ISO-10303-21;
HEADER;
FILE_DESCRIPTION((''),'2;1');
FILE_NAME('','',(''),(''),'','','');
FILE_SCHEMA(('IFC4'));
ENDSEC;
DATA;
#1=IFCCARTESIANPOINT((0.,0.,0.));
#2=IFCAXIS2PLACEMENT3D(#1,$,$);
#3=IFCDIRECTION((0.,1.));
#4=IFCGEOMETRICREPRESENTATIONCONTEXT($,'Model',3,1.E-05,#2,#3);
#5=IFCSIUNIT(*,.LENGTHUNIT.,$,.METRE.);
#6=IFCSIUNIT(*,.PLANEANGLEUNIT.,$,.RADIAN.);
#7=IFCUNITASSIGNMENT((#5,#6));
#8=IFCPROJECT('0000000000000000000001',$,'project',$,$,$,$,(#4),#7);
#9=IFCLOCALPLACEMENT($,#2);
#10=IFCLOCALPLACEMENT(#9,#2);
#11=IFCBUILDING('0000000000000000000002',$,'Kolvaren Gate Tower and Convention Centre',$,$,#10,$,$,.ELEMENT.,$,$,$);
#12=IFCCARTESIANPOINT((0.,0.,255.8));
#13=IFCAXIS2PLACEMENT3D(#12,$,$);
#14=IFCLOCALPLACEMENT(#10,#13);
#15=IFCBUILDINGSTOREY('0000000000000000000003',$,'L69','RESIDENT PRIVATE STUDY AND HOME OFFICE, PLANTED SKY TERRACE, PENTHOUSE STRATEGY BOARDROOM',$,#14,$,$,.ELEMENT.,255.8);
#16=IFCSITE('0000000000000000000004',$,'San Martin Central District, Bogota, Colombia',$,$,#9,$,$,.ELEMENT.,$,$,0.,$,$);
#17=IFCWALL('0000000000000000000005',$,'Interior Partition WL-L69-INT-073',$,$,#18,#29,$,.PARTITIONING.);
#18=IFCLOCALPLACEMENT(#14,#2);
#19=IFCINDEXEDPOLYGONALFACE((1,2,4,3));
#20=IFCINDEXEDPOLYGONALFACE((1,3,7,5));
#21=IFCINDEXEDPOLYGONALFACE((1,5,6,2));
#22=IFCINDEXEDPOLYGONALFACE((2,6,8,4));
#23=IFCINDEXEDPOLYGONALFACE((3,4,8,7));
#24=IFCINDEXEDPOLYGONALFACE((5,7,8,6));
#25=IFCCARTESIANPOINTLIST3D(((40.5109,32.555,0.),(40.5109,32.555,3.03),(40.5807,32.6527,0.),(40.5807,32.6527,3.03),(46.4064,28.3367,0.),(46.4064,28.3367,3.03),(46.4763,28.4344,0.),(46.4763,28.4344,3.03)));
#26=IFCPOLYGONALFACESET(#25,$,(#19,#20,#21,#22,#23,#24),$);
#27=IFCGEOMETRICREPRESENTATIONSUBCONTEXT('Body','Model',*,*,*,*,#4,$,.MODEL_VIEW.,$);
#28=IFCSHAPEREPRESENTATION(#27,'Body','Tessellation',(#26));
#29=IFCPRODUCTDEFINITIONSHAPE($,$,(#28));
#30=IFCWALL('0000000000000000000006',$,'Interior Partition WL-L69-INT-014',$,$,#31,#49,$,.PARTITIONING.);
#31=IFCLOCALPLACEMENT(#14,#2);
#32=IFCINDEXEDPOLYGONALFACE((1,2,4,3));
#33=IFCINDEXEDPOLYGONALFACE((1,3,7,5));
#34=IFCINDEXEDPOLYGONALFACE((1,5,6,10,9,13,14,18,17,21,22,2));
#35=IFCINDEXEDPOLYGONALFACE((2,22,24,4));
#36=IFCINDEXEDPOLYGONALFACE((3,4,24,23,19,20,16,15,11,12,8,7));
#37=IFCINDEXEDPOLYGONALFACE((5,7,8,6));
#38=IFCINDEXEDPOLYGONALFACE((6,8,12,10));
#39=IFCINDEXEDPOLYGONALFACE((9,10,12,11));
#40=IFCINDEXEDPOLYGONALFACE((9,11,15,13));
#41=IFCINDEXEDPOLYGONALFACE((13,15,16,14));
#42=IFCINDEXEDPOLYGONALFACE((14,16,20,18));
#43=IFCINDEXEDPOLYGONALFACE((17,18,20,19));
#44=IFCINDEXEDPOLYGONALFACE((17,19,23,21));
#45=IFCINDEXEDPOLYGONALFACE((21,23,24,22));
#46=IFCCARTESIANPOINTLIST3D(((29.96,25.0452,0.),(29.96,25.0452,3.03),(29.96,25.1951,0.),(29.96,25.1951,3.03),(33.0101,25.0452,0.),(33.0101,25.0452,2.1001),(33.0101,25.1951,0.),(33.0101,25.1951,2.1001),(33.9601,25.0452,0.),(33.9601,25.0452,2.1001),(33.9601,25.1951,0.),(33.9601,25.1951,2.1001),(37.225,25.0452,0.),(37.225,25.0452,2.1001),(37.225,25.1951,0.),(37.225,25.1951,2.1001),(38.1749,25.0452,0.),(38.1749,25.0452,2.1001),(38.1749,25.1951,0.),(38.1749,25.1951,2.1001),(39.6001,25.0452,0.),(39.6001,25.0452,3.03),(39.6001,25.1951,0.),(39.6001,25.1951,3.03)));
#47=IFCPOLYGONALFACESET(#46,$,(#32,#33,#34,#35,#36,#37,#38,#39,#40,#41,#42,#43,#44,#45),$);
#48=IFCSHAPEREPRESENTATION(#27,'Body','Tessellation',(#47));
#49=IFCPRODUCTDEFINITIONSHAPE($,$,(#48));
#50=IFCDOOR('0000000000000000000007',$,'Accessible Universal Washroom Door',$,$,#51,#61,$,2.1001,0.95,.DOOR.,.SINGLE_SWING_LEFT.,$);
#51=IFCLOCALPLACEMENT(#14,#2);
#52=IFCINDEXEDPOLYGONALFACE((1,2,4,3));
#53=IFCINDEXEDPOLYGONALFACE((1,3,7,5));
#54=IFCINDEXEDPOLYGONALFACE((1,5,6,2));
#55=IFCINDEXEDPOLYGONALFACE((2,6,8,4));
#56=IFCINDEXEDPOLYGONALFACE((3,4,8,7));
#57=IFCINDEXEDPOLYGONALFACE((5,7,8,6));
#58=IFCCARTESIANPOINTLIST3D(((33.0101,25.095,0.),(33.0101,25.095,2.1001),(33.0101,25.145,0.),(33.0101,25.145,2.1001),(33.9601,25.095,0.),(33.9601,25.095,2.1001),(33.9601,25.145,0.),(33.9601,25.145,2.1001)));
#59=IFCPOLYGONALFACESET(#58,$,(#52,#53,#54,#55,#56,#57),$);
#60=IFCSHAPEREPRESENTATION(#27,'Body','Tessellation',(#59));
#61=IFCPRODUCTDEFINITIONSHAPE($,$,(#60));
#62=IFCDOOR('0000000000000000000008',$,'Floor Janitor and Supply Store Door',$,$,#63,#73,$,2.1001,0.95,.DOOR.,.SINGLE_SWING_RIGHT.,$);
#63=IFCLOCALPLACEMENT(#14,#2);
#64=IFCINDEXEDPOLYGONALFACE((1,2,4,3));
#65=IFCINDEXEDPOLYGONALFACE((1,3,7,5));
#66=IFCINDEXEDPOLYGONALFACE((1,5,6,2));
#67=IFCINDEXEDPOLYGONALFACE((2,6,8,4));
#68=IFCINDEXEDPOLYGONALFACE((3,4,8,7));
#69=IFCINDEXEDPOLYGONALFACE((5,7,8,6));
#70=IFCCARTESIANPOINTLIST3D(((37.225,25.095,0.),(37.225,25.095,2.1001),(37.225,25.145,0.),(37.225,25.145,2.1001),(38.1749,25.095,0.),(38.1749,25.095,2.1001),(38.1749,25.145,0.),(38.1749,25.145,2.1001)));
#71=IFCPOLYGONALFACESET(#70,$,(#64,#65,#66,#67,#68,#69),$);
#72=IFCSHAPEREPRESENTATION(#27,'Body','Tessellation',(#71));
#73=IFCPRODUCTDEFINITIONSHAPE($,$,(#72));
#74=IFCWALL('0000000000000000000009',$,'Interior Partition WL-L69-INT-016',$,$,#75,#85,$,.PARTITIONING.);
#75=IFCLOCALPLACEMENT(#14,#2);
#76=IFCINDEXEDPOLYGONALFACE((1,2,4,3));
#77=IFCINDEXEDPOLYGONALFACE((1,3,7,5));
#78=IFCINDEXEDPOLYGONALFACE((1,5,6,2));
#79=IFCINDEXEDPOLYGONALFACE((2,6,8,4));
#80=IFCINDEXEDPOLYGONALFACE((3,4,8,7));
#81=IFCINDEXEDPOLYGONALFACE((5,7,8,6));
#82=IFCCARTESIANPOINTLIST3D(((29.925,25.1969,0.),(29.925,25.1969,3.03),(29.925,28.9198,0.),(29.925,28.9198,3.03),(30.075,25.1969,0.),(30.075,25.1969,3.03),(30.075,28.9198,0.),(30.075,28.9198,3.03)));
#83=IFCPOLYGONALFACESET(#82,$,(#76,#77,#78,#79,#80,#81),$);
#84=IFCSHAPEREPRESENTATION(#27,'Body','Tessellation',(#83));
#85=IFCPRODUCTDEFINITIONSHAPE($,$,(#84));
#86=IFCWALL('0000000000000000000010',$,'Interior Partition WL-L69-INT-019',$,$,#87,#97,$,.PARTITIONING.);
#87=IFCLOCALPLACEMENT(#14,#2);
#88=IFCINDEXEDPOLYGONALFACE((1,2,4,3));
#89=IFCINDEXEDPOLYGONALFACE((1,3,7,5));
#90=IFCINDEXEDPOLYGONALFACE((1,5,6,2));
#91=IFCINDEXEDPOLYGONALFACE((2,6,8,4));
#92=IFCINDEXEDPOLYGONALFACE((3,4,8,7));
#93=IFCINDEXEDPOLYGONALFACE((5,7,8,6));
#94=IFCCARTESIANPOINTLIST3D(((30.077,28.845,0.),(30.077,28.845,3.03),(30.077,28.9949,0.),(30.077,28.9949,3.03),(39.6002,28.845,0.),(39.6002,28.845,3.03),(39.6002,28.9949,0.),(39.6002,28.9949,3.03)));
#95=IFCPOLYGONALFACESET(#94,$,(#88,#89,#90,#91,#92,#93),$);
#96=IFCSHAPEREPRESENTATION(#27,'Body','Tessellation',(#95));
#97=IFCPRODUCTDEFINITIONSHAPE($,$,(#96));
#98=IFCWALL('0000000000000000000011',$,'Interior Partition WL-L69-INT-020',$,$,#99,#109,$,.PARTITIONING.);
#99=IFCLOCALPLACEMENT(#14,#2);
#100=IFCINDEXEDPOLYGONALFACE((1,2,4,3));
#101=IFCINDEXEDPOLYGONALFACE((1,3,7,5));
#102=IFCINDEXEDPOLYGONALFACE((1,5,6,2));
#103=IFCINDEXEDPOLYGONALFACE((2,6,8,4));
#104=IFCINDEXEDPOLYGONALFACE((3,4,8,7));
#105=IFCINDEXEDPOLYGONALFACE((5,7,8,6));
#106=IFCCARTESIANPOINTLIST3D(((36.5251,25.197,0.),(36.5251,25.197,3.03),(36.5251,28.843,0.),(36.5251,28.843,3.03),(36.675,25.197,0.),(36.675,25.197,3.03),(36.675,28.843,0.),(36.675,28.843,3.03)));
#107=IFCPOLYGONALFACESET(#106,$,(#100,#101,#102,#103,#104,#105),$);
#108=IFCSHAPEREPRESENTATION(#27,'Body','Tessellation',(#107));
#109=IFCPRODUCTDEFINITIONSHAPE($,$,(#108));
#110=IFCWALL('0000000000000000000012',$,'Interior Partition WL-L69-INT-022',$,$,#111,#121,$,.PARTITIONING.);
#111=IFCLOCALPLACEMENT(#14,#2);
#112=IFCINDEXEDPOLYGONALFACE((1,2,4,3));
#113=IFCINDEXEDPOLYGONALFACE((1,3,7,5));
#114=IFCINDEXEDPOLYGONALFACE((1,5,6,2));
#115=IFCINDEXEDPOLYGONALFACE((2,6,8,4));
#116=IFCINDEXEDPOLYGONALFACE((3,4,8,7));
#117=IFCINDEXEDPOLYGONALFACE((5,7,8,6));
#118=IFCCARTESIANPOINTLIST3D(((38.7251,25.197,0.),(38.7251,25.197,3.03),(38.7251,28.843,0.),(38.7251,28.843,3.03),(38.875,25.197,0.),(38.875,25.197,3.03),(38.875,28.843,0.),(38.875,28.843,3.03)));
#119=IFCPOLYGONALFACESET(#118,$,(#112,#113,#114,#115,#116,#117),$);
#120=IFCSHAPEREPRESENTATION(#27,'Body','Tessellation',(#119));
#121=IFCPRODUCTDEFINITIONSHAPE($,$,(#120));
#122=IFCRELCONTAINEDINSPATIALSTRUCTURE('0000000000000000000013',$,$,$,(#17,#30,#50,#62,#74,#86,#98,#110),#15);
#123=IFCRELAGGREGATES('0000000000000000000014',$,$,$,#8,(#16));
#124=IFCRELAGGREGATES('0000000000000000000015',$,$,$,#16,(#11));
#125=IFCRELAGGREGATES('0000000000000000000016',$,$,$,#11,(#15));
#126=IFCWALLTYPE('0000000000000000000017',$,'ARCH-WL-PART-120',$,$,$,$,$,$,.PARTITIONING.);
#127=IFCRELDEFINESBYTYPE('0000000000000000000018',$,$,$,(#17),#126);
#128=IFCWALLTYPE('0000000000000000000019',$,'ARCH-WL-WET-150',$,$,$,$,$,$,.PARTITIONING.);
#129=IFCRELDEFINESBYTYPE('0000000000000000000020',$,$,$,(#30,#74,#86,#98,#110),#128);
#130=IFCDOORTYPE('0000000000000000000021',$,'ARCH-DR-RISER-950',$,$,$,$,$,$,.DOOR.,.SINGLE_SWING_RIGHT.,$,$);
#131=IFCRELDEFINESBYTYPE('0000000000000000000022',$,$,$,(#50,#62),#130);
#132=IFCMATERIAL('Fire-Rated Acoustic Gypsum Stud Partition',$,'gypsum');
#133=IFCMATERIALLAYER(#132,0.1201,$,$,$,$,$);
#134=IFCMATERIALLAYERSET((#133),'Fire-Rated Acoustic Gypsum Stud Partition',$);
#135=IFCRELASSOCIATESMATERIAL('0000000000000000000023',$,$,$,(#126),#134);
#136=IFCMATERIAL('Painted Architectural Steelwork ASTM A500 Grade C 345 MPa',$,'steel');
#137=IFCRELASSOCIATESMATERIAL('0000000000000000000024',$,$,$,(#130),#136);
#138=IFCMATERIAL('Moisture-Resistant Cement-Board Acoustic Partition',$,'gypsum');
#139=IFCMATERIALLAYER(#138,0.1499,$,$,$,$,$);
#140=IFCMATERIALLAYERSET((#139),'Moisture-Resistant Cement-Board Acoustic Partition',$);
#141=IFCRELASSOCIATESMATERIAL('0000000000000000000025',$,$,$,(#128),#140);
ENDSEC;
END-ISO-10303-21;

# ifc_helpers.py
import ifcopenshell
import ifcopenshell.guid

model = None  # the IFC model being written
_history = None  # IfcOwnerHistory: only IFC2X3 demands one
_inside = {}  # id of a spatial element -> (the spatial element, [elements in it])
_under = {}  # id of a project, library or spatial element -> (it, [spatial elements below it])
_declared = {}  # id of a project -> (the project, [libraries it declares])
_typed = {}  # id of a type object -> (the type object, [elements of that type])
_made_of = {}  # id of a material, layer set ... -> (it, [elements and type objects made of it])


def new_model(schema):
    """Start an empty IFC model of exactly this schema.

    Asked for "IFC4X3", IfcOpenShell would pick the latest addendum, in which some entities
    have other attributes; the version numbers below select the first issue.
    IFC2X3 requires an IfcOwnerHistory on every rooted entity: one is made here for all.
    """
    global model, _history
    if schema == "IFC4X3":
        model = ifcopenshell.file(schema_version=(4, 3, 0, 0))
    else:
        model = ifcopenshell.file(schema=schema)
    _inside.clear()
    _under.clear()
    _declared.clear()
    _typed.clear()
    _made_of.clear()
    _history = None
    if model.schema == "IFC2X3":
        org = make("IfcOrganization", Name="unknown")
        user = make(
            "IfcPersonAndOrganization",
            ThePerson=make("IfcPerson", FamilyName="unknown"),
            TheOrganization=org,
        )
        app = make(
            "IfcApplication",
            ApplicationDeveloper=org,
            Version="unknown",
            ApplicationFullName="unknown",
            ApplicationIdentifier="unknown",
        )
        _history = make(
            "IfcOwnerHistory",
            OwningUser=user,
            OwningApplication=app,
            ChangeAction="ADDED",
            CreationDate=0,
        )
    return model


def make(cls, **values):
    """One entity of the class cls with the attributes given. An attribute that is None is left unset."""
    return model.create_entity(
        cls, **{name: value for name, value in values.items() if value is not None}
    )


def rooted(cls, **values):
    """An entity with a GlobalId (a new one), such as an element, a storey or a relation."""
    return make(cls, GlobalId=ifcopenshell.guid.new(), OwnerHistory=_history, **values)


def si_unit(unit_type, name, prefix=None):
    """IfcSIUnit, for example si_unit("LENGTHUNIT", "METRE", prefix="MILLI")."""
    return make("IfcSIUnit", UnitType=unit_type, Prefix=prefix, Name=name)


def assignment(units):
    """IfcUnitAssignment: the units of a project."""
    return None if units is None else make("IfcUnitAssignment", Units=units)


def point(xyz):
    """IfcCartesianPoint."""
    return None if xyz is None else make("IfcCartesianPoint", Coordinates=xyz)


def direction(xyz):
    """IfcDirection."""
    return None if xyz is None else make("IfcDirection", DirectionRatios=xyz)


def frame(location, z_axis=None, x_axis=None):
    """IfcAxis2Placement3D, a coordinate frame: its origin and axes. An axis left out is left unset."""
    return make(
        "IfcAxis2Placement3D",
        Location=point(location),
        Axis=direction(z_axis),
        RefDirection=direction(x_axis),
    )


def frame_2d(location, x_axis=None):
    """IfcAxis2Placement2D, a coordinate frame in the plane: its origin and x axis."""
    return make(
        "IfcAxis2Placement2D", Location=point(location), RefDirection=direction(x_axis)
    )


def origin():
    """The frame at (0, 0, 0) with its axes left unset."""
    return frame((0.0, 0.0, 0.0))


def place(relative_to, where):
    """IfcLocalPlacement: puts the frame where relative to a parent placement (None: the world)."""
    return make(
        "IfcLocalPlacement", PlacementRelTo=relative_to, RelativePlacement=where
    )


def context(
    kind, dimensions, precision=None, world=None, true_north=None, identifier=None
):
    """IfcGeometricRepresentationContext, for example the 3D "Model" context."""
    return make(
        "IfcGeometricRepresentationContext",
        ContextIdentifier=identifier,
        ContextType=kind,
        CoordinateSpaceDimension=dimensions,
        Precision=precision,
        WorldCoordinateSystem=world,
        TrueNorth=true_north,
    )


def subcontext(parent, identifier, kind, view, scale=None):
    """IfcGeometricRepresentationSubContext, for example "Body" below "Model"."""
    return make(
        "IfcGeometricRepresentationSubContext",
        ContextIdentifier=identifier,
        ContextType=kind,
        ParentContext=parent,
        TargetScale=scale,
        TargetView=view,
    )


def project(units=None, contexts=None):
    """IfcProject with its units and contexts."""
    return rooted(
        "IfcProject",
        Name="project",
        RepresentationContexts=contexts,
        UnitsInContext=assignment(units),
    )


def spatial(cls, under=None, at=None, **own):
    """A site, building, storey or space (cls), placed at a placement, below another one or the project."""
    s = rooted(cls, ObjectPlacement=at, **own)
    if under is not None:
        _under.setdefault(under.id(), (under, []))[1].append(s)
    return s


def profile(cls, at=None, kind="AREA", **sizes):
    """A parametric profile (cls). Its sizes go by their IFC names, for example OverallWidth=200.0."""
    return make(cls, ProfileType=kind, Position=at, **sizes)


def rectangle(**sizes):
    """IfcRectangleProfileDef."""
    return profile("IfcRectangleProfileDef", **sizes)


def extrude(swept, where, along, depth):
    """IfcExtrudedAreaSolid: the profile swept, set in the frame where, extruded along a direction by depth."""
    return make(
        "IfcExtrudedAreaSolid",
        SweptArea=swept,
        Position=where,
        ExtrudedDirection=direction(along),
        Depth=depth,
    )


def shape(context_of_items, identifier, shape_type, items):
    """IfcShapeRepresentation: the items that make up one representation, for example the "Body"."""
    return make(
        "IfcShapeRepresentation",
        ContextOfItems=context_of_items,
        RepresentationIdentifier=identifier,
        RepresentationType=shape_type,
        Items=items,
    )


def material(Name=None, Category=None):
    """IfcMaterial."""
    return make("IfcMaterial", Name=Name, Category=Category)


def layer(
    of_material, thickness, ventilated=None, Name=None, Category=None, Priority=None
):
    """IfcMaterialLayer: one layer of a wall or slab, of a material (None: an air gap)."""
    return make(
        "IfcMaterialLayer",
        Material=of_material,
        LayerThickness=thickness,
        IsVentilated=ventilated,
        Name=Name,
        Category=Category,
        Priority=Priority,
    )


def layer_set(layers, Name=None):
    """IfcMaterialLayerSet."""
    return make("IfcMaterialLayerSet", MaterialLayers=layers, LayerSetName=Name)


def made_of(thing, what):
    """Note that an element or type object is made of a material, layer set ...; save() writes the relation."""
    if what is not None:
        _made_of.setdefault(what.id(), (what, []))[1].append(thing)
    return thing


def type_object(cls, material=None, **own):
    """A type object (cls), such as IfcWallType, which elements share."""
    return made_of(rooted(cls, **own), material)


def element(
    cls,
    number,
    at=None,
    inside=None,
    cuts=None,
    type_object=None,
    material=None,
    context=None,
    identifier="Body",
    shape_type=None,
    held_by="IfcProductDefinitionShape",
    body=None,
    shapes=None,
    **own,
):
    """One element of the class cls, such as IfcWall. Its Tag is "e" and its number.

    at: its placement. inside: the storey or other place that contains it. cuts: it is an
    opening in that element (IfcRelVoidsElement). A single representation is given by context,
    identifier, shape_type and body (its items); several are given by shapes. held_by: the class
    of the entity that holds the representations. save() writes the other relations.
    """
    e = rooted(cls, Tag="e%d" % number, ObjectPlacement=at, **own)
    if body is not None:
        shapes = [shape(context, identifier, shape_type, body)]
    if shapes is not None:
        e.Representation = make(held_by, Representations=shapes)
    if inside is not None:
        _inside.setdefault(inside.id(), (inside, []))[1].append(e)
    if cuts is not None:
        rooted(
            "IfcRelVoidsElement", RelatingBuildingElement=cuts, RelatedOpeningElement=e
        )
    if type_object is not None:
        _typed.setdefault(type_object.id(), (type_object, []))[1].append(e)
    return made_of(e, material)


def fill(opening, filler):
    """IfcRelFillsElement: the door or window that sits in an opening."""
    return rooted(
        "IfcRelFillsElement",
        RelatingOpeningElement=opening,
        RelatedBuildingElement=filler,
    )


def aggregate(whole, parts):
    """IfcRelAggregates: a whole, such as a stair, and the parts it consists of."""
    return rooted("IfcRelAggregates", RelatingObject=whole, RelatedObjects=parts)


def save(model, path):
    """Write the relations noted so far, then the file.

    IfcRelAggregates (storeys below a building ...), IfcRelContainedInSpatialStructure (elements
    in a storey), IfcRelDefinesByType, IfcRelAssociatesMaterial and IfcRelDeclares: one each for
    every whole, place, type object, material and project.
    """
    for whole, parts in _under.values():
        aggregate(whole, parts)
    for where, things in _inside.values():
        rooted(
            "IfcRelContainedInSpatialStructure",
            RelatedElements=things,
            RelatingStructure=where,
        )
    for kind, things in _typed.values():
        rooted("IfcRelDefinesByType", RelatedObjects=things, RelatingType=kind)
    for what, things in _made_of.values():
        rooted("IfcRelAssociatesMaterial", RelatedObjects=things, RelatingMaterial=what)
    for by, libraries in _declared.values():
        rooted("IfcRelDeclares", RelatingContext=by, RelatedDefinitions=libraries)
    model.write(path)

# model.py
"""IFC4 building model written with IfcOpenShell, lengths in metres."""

from ifc_helpers import new_model, si_unit, direction, frame, frame_2d, origin, place, context, subcontext, project, spatial, rectangle, extrude, material, layer, layer_set, type_object, element, fill, save


model = new_model("IFC4")

# Units and contexts
model_context = context("Model", 3, precision=1e-05, world=origin(), true_north=direction((0.0, 1.0)))
body_context = subcontext(model_context, "Body", "Model", "MODEL_VIEW")
ifc_project = project(units=[si_unit("LENGTHUNIT", "METRE"), si_unit("PLANEANGLEUNIT", "RADIAN")], contexts=[model_context])

# Site, building, storey
site_placement = place(None, origin())
site = spatial("IfcSite", under=ifc_project, at=site_placement, Name="San Martin Central District, Bogota, Colombia", CompositionType="ELEMENT", RefElevation=0.0)
building_placement = place(site_placement, origin())
building = spatial("IfcBuilding", under=site, at=building_placement, Name="Kolvaren Gate Tower and Convention Centre", CompositionType="ELEMENT")
storey_placement = place(building_placement, frame((0.0, 0.0, 255.8)))
storey = spatial("IfcBuildingStorey", under=building, at=storey_placement, Name="L69", Description="RESIDENT PRIVATE STUDY AND HOME OFFICE, PLANTED SKY TERRACE, PENTHOUSE STRATEGY BOARDROOM", CompositionType="ELEMENT", Elevation=255.8)

# Shared definitions
ifc_material_1 = material(Name="Fire-Rated Acoustic Gypsum Stud Partition", Category="gypsum")
ifc_layer_1 = layer(ifc_material_1, 0.1201)
ifc_layer_set_1 = layer_set([ifc_layer_1], Name="Fire-Rated Acoustic Gypsum Stud Partition")
wall_type_1 = type_object("IfcWallType", Name="ARCH-WL-PART-120", PredefinedType="PARTITIONING", material=ifc_layer_set_1)

# Shared definitions
ifc_material_2 = material(Name="Painted Architectural Steelwork ASTM A500 Grade C 345 MPa", Category="steel")
door_type = type_object("IfcDoorType", Name="ARCH-DR-RISER-950", OperationType="SINGLE_SWING_RIGHT", PredefinedType="DOOR", material=ifc_material_2)

# Wall
wall_1_placement = place(storey_placement, frame((40.5459, 32.6038, 0.0), z_axis=(0.0, 0.0, 1.0), x_axis=(0.813264, -0.581894, 0.0)))
element("IfcWall", 1, at=wall_1_placement, inside=storey, type_object=wall_type_1, Name="Interior Partition WL-L69-INT-073", PredefinedType="PARTITIONING", context=body_context, shape_type="SweptSolid", body=[
    extrude(rectangle(XDim=7.2493, YDim=0.1201, at=frame_2d((3.6245, 0.0))), origin(), (0.0, 0.0, 1.0), 3.03),
])

# Wall, openings, doors
ifc_material_3 = material(Name="Moisture-Resistant Cement-Board Acoustic Partition", Category="gypsum")
ifc_layer_2 = layer(ifc_material_3, 0.1499)
ifc_layer_set_2 = layer_set([ifc_layer_2], Name="Moisture-Resistant Cement-Board Acoustic Partition")
wall_type_2 = type_object("IfcWallType", Name="ARCH-WL-WET-150", PredefinedType="PARTITIONING", material=ifc_layer_set_2)
wall_2_placement = place(storey_placement, frame((29.96, 25.1201, 0.0), z_axis=(0.0, 0.0, 1.0), x_axis=(1.0, 0.0, 0.0)))
wall_2 = element("IfcWall", 2, at=wall_2_placement, inside=storey, type_object=wall_type_2, Name="Interior Partition WL-L69-INT-014", PredefinedType="PARTITIONING", context=body_context, shape_type="SweptSolid", body=[
    extrude(rectangle(XDim=9.6401, YDim=0.1499, at=frame_2d((4.8201, 0.0))), origin(), (0.0, 0.0, 1.0), 3.03),
])
opening_1_placement = place(wall_2_placement, frame((3.05, 0.0, 0.0)))
opening_1 = element("IfcOpeningElement", 3, at=opening_1_placement, cuts=wall_2, PredefinedType="OPENING", context=body_context, shape_type="SweptSolid", body=[
    extrude(rectangle(XDim=0.95, YDim=2.1001, at=frame_2d((0.4751, 1.05))), frame((0.0, 0.085, 0.0), z_axis=(0.0, -1.0, 0.0), x_axis=(1.0, 0.0, 0.0)), (0.0, 0.0, 1.0), 0.1699),
])
opening_2_placement = place(wall_2_placement, frame((7.2649, 0.0, 0.0)))
opening_2 = element("IfcOpeningElement", 4, at=opening_2_placement, cuts=wall_2, PredefinedType="OPENING", context=body_context, shape_type="SweptSolid", body=[
    extrude(rectangle(XDim=0.95, YDim=2.1001, at=frame_2d((0.4751, 1.05))), frame((0.0, 0.085, 0.0), z_axis=(0.0, -1.0, 0.0), x_axis=(1.0, 0.0, 0.0)), (0.0, 0.0, 1.0), 0.1699),
])
door_1_placement = place(opening_1_placement, origin())
door_1 = element("IfcDoor", 5, at=door_1_placement, inside=storey, type_object=door_type, Name="Accessible Universal Washroom Door", OperationType="SINGLE_SWING_LEFT", OverallHeight=2.1001, OverallWidth=0.95, PredefinedType="DOOR", context=body_context, shape_type="SweptSolid", body=[
    extrude(rectangle(XDim=0.95, YDim=2.1001, at=frame_2d((0.4751, 1.05))), frame((0.0, 0.0249, 0.0), z_axis=(0.0, -1.0, 0.0), x_axis=(1.0, 0.0, 0.0)), (0.0, 0.0, 1.0), 0.05),
])
fill(opening_1, door_1)
door_2_placement = place(opening_2_placement, origin())
door_2 = element("IfcDoor", 6, at=door_2_placement, inside=storey, type_object=door_type, Name="Floor Janitor and Supply Store Door", OperationType="SINGLE_SWING_RIGHT", OverallHeight=2.1001, OverallWidth=0.95, PredefinedType="DOOR", context=body_context, shape_type="SweptSolid", body=[
    extrude(rectangle(XDim=0.95, YDim=2.1001, at=frame_2d((0.4751, 1.05))), frame((0.0, 0.0249, 0.0), z_axis=(0.0, -1.0, 0.0), x_axis=(1.0, 0.0, 0.0)), (0.0, 0.0, 1.0), 0.05),
])
fill(opening_2, door_2)

# Walls
wall_3_placement = place(storey_placement, frame((30.0, 25.197, 0.0), z_axis=(0.0, 0.0, 1.0), x_axis=(0.0, 1.0, 0.0)))
element("IfcWall", 7, at=wall_3_placement, inside=storey, type_object=wall_type_2, Name="Interior Partition WL-L69-INT-016", PredefinedType="PARTITIONING", context=body_context, shape_type="SweptSolid", body=[
    extrude(rectangle(XDim=3.7229, YDim=0.1499, at=frame_2d((1.8613, 0.0))), origin(), (0.0, 0.0, 1.0), 3.03),
])
wall_4_placement = place(storey_placement, frame((30.0769, 28.9199, 0.0), z_axis=(0.0, 0.0, 1.0), x_axis=(1.0, 0.0, 0.0)))
element("IfcWall", 8, at=wall_4_placement, inside=storey, type_object=wall_type_2, Name="Interior Partition WL-L69-INT-019", PredefinedType="PARTITIONING", context=body_context, shape_type="SweptSolid", body=[
    extrude(rectangle(XDim=9.5232, YDim=0.1499, at=frame_2d((4.7617, 0.0))), origin(), (0.0, 0.0, 1.0), 3.03),
])
for number, where, z_axis, x_axis, name in (
    (9, (36.6001, 25.197, 0.0), (0.0, 0.0, 1.0), (0.0, 1.0, 0.0), "Interior Partition WL-L69-INT-020"),
    (10, (38.8, 25.197, 0.0), (0.0, 0.0, 1.0), (0.0, 1.0, 0.0), "Interior Partition WL-L69-INT-022"),
):
    element("IfcWall", number, at=place(storey_placement, frame(where, z_axis=z_axis, x_axis=x_axis)), inside=storey, type_object=wall_type_2, Name=name, PredefinedType="PARTITIONING", context=body_context, shape_type="SweptSolid", body=[
        extrude(rectangle(XDim=3.646, YDim=0.1499, at=frame_2d((1.823, 0.0))), origin(), (0.0, 0.0, 1.0), 3.03),
    ])

save(model, "model.ifc")
